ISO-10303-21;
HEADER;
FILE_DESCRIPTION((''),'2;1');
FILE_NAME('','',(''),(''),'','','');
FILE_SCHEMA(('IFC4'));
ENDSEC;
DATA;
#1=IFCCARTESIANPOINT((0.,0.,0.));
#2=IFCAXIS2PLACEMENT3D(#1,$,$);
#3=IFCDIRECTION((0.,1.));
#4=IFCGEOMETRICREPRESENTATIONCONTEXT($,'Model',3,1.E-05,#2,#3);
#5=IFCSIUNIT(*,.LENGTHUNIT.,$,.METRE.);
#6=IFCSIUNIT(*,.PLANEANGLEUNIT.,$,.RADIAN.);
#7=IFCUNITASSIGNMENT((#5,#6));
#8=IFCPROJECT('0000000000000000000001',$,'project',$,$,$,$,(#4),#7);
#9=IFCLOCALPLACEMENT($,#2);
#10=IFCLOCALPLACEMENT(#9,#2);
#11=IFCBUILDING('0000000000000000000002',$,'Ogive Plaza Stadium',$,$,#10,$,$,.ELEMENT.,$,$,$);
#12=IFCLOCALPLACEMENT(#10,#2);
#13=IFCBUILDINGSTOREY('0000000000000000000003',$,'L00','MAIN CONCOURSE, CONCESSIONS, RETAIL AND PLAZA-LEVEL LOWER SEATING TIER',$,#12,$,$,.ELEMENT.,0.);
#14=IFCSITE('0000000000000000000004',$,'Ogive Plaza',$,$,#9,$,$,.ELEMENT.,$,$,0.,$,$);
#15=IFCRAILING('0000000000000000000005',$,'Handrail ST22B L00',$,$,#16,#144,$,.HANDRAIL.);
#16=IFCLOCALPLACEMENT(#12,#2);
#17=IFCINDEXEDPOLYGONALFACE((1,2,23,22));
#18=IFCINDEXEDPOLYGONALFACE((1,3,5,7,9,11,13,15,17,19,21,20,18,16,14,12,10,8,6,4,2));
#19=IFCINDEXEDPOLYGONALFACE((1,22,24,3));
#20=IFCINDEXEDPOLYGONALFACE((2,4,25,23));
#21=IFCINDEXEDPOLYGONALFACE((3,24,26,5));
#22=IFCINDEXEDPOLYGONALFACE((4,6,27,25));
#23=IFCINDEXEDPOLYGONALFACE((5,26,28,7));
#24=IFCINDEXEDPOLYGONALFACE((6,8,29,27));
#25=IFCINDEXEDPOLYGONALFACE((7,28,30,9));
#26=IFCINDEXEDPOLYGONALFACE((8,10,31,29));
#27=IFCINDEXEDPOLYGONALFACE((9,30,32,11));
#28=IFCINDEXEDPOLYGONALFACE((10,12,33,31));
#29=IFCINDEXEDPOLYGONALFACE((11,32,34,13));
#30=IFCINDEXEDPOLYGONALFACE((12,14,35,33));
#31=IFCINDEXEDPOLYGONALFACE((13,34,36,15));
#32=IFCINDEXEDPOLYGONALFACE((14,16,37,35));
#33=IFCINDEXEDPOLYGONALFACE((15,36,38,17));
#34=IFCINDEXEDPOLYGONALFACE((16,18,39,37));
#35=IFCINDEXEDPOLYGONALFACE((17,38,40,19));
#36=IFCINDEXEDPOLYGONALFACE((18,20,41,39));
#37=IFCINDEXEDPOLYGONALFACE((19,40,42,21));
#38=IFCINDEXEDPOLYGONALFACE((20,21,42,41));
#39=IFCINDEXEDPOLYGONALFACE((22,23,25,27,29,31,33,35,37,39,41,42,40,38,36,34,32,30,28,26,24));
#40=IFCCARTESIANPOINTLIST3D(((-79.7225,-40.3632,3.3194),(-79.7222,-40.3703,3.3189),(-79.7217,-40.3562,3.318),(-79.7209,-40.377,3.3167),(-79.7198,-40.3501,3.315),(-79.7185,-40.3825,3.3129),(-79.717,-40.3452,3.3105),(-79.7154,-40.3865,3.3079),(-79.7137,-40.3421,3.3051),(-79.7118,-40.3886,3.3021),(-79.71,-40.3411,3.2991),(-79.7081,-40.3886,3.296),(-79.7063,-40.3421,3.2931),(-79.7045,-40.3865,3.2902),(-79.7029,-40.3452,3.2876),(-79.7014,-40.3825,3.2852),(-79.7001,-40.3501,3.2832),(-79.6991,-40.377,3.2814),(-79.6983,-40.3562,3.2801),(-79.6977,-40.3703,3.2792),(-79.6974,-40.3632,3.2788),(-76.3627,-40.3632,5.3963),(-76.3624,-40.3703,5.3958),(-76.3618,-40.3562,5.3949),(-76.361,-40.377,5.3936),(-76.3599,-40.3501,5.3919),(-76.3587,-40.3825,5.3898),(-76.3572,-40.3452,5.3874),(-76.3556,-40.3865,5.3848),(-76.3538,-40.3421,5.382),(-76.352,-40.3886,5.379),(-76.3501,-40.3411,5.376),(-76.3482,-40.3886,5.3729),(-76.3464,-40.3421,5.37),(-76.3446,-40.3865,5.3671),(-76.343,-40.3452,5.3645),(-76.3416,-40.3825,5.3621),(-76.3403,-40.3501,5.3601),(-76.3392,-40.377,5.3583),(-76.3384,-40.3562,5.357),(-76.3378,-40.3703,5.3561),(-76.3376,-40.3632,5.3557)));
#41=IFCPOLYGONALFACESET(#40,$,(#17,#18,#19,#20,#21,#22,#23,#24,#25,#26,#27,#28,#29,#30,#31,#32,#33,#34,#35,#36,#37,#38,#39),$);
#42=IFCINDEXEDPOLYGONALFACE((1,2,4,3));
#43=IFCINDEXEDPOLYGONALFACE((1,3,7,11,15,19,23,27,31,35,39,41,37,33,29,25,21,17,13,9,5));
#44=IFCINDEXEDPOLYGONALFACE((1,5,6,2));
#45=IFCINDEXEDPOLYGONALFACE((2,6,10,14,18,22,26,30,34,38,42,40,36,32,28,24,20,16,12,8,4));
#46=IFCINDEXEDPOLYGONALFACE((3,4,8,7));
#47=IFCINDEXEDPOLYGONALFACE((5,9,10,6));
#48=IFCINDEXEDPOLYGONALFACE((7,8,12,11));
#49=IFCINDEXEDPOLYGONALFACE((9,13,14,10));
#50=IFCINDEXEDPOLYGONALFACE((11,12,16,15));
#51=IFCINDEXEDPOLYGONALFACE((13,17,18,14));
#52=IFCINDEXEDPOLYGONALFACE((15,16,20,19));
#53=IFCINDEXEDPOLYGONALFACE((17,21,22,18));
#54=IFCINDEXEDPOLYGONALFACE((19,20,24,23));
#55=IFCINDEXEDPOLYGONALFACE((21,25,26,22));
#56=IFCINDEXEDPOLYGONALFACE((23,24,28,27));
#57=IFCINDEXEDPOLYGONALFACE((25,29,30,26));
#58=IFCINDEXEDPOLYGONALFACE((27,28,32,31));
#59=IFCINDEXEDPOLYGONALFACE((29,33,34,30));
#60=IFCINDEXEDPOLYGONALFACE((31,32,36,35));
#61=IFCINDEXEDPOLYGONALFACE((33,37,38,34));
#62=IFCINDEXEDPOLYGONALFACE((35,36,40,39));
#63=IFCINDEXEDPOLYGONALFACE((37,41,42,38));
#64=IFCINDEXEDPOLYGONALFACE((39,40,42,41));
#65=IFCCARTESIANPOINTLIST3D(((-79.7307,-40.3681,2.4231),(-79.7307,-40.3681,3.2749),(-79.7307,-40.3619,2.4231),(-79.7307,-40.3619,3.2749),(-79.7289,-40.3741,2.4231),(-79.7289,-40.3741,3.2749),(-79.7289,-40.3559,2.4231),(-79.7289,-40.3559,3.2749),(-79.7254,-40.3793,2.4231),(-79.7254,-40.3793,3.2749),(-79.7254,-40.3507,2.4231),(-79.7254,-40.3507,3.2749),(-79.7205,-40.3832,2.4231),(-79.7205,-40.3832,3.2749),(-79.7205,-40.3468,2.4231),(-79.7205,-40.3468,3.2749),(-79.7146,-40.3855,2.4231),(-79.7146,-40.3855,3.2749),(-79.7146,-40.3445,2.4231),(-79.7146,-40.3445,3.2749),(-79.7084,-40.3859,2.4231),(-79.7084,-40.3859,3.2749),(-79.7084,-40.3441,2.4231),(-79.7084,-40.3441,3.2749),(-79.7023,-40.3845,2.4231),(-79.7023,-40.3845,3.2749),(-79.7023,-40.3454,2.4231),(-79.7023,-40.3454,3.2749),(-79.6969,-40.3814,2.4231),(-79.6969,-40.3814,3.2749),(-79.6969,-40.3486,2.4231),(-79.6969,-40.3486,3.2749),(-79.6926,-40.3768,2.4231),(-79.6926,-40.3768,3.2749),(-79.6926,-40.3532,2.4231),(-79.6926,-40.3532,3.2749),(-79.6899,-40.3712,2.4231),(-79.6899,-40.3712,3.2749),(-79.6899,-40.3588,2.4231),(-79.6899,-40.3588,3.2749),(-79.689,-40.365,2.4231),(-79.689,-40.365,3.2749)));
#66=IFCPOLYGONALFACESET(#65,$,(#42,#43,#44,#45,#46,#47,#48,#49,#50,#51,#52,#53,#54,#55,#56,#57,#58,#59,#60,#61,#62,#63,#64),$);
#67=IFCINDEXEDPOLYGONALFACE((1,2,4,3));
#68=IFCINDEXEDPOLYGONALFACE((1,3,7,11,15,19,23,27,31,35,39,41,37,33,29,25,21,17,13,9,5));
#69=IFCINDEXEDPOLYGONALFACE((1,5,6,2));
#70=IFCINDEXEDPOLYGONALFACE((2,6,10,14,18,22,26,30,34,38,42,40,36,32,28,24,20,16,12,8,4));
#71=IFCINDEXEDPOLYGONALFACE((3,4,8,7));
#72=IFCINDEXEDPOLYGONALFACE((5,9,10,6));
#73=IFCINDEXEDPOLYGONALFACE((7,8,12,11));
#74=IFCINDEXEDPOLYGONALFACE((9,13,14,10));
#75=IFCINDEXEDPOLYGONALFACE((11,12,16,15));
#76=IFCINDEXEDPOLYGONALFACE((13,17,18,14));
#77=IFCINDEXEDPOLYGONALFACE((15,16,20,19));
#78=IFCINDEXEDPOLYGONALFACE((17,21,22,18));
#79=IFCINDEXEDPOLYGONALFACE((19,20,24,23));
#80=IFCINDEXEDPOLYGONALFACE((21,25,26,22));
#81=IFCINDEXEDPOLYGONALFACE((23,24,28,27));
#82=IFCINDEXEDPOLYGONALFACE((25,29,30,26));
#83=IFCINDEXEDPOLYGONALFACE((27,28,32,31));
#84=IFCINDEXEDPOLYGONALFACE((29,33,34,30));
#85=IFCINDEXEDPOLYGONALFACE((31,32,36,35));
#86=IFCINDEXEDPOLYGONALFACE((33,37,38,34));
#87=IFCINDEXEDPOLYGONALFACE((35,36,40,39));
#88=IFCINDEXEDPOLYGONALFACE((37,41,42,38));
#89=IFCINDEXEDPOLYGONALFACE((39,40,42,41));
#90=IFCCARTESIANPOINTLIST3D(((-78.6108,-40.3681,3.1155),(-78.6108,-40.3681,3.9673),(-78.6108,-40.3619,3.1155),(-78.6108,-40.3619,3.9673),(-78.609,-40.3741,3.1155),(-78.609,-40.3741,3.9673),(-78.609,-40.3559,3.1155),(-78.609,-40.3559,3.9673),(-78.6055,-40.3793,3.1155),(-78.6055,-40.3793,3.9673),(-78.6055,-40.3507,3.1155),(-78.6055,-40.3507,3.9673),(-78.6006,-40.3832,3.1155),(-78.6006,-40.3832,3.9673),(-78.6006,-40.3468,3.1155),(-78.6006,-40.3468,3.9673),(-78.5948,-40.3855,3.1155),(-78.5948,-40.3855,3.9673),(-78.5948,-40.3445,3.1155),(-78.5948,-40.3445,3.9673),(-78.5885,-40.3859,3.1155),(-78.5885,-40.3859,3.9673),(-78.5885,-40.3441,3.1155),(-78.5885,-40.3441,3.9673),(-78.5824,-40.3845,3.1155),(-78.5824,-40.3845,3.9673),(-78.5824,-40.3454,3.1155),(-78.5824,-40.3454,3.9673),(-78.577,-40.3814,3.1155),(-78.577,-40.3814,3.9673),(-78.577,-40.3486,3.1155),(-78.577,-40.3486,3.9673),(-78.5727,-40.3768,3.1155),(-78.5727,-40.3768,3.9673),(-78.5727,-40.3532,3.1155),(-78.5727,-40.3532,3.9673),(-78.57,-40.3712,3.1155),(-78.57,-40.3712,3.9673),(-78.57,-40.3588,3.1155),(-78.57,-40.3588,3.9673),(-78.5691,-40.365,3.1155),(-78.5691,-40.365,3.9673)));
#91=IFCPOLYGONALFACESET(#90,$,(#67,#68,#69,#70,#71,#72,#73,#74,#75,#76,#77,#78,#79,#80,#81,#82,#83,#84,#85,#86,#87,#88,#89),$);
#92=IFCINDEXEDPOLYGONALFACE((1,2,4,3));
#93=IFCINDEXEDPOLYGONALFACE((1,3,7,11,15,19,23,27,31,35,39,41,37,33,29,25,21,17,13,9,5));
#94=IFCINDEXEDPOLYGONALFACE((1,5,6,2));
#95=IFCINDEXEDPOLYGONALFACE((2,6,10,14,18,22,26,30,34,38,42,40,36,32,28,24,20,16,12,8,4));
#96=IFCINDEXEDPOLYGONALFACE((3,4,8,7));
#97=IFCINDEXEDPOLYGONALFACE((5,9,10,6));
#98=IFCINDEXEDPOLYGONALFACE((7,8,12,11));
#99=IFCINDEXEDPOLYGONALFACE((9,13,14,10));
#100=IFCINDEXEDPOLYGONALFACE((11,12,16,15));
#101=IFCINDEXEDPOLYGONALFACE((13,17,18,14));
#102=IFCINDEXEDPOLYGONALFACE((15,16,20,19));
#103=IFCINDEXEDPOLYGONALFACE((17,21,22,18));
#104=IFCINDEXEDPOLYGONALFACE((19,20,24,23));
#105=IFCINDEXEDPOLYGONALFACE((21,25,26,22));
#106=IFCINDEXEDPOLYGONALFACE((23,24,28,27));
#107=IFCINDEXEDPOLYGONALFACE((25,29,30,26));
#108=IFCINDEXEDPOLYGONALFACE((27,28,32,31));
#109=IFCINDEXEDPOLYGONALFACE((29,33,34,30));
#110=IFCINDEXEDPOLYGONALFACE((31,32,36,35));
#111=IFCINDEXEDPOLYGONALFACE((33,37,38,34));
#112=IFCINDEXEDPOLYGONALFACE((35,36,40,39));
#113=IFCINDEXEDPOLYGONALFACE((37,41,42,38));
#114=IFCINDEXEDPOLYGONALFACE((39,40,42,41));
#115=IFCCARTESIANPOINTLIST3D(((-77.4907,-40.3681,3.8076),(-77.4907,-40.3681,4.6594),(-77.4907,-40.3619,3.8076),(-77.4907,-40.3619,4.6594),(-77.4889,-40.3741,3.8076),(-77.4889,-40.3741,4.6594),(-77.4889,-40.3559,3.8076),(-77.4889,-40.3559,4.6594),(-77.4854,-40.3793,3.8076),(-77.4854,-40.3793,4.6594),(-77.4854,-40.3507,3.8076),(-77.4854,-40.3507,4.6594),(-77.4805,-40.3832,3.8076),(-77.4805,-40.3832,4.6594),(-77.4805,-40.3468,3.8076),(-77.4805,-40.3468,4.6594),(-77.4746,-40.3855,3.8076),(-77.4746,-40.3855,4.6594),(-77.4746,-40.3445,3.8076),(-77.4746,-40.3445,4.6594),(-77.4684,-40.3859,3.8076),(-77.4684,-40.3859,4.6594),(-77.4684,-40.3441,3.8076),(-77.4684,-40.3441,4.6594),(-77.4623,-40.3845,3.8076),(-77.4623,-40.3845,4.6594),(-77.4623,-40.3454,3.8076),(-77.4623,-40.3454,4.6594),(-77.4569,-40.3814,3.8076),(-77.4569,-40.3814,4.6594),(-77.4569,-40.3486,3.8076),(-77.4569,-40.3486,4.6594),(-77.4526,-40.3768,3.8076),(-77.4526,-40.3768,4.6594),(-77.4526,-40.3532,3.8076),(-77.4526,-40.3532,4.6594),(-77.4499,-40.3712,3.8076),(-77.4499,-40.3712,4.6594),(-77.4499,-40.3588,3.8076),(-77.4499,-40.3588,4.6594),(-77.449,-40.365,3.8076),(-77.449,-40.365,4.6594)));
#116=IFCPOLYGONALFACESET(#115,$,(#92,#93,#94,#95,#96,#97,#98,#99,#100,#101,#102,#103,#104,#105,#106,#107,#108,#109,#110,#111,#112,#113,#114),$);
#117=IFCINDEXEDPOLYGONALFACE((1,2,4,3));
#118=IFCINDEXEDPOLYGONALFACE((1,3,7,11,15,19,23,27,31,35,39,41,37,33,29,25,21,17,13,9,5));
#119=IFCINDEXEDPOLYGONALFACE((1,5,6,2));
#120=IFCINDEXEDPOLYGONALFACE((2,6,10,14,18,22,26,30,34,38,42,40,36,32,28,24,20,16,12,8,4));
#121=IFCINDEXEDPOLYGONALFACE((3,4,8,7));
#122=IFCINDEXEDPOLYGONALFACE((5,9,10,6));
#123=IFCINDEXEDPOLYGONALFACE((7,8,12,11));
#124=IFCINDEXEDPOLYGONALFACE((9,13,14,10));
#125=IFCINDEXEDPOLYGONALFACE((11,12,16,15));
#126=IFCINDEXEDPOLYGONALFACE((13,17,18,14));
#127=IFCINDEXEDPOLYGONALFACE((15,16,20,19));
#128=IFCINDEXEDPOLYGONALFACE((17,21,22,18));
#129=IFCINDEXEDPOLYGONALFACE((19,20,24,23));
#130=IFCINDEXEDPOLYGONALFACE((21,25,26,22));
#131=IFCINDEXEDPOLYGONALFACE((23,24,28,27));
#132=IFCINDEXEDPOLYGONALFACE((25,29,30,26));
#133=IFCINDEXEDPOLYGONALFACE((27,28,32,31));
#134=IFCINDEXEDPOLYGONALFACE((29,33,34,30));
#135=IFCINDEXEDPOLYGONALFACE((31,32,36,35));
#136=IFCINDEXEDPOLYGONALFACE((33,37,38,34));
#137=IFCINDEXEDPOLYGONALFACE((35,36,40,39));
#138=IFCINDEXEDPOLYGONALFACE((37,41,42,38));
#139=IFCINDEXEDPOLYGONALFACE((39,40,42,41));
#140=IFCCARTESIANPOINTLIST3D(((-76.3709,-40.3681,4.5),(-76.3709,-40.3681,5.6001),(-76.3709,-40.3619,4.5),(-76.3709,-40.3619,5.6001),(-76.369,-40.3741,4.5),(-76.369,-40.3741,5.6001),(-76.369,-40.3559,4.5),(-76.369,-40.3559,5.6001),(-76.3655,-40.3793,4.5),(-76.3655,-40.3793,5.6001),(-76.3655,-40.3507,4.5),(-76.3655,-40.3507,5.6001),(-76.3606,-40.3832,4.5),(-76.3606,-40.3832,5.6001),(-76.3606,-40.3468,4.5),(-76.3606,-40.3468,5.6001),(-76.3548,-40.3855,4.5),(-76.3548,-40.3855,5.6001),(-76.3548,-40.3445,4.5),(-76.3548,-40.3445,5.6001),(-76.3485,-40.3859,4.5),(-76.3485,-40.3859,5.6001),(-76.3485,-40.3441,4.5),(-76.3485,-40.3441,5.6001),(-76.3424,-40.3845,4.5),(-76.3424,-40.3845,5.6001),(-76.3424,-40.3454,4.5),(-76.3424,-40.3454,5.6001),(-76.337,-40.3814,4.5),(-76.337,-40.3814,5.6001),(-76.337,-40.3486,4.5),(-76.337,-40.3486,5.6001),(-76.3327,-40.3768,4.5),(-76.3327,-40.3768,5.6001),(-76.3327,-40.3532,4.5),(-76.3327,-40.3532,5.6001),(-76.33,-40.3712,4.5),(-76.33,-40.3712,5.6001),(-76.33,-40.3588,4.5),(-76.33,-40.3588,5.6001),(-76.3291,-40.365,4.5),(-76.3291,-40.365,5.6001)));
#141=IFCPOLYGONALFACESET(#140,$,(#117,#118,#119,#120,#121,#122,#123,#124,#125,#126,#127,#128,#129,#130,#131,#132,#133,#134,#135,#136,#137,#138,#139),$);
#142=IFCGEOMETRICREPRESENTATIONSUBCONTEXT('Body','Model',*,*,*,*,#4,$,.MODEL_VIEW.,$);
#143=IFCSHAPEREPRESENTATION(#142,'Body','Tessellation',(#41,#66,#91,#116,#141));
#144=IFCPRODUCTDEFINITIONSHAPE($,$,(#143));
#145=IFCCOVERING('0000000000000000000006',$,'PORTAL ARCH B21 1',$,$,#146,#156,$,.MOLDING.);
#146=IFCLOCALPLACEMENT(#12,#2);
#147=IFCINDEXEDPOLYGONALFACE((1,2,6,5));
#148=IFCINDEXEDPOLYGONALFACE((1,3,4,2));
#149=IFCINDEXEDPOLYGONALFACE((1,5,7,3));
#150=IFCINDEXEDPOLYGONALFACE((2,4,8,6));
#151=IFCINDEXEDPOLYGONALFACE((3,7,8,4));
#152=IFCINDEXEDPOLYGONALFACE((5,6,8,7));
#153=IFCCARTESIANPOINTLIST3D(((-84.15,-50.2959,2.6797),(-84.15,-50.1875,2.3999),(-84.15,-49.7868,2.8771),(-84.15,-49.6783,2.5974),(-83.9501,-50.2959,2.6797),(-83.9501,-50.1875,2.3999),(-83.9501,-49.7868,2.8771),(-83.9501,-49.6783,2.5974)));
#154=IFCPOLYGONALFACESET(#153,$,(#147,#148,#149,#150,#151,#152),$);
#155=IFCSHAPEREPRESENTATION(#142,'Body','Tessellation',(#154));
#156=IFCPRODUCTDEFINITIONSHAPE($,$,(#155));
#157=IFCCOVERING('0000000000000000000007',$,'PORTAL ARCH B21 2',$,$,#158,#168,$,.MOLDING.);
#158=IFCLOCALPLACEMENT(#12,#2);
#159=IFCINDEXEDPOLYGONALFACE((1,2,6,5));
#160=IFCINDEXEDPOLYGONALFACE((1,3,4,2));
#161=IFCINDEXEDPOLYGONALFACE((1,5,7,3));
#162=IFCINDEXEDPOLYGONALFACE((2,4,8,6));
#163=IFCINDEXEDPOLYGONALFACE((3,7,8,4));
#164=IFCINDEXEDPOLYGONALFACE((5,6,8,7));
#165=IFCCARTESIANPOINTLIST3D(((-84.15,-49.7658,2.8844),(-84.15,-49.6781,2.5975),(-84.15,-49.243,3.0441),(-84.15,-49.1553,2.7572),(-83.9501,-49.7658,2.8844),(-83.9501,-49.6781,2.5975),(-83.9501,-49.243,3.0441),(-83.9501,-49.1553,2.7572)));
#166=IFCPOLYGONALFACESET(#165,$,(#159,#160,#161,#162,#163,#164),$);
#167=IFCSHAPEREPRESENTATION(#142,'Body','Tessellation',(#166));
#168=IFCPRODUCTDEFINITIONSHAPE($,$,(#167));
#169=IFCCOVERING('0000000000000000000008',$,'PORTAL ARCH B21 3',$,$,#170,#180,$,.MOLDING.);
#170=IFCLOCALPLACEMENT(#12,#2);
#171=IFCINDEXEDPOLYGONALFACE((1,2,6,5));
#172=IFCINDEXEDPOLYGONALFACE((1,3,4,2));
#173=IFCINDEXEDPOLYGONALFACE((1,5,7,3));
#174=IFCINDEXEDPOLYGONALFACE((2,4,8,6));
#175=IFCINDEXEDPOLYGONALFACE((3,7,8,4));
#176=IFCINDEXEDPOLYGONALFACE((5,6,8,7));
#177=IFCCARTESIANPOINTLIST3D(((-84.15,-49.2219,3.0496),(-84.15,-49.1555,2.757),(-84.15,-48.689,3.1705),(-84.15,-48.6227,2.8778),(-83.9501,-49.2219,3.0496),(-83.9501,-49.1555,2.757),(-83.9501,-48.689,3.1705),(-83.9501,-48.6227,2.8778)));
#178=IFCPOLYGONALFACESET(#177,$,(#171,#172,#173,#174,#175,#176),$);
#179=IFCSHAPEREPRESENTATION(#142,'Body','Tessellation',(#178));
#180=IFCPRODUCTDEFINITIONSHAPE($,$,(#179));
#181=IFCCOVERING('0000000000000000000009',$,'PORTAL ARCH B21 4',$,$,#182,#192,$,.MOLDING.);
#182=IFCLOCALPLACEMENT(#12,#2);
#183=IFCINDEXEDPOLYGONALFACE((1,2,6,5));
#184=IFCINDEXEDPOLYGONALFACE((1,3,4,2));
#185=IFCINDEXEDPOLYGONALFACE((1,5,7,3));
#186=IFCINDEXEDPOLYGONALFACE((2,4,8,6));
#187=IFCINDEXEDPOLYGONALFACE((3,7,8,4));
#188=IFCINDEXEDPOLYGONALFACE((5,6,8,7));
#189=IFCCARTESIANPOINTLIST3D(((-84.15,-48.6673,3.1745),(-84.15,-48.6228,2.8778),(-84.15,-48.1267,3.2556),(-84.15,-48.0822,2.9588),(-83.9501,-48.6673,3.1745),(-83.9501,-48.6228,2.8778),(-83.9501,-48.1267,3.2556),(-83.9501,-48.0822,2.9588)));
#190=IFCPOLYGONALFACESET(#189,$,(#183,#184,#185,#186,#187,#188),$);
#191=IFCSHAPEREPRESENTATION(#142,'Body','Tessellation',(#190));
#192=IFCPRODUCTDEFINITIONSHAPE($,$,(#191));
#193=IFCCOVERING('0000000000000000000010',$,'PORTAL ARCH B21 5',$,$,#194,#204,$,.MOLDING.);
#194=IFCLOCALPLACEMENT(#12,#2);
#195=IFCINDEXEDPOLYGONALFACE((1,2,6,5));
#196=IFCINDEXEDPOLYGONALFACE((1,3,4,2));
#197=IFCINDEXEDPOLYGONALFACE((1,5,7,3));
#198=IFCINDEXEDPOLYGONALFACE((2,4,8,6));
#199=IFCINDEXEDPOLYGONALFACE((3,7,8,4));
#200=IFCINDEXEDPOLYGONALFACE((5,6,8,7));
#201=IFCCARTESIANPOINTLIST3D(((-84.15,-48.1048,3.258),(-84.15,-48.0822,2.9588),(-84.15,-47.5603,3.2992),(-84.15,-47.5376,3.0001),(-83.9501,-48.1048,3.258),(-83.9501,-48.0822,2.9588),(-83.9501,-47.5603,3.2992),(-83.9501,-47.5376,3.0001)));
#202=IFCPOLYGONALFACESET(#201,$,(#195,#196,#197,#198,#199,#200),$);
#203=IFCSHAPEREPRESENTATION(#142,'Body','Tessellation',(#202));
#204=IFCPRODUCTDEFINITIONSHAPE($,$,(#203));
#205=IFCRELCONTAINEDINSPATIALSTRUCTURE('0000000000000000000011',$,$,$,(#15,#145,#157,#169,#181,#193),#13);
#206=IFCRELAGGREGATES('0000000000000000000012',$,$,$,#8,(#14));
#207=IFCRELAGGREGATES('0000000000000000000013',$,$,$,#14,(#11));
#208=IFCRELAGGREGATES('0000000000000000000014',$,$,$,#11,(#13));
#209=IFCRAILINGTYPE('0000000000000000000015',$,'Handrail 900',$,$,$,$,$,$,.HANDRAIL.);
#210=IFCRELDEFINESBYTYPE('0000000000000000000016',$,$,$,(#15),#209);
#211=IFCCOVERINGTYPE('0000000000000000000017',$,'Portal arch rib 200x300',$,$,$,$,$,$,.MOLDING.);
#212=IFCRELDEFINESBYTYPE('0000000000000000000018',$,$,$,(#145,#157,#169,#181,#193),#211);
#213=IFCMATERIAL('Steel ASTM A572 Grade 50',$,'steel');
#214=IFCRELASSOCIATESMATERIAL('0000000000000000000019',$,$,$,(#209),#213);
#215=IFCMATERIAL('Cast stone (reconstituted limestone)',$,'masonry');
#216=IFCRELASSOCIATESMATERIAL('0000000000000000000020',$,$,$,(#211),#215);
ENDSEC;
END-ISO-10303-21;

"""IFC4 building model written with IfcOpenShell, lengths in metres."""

from ifc_helpers import new_model, si_unit, direction, frame, origin, origin_2d, place, context, subcontext, project, spatial, rectangle, circle, extrude, material, material_profile, profile_set, type_object, element, save


model = new_model("IFC4")

# Units and contexts
model_context = context("Model", 3, precision=1e-05, world=origin(), true_north=direction((0.0, 1.0)))
body_context = subcontext(model_context, "Body", "Model", "MODEL_VIEW")
ifc_project = project(units=[si_unit("LENGTHUNIT", "METRE"), si_unit("PLANEANGLEUNIT", "RADIAN")], contexts=[model_context])

# Site, building, storey
site_placement = place(None, origin())
site = spatial("IfcSite", under=ifc_project, at=site_placement, Name="Ogive Plaza", CompositionType="ELEMENT", RefElevation=0.0)
building_placement = place(site_placement, origin())
building = spatial("IfcBuilding", under=site, at=building_placement, Name="Ogive Plaza Stadium", CompositionType="ELEMENT")
storey_placement = place(building_placement, origin())
storey = spatial("IfcBuildingStorey", under=building, at=storey_placement, Name="L00", Description="MAIN CONCOURSE, CONCESSIONS, RETAIL AND PLAZA-LEVEL LOWER SEATING TIER", CompositionType="ELEMENT", Elevation=0.0)

# Railing
ifc_material_1 = material(Name="Steel ASTM A572 Grade 50", Category="steel")
railing_type_1 = type_object("IfcRailingType", Name="Handrail 900", PredefinedType="HANDRAIL", material=ifc_material_1)
for number, where, name in (
    (1, (-79.71, -40.365, 2.4231), "Handrail ST22B L00"),
):
    element("IfcRailing", number, at=place(storey_placement, frame(where)), inside=storey, type_object=railing_type_1, Name=name, PredefinedType="HANDRAIL", context=body_context, shape_type="SweptSolid", body=[
        extrude(circle(Radius=0.0239, at=origin_2d()), frame((0.0, 0.0, 0.876), z_axis=(0.850606, 0.0, 0.525803), x_axis=(0.0, 1.0, 0.0)), (0.0, 0.0, 1.0), 3.95),
        extrude(circle(Radius=0.021, at=origin_2d()), origin(), (0.0, 0.0, 1.0), 0.8518),
        extrude(circle(Radius=0.021, at=origin_2d()), frame((1.1199, 0.0, 0.6924)), (0.0, 0.0, 1.0), 0.8518),
        extrude(circle(Radius=0.021, at=origin_2d()), frame((2.24, 0.0, 1.3845)), (0.0, 0.0, 1.0), 0.8518),
        extrude(circle(Radius=0.021, at=origin_2d()), frame((3.3599, 0.0, 2.0769)), (0.0, 0.0, 1.0), 1.1001),
    ])

# Coverings
ifc_material_2 = material(Name="Cast stone (reconstituted limestone)", Category="masonry")
ifc_material_profile_1 = material_profile(ifc_material_2, rectangle(XDim=0.2, YDim=0.3, at=origin_2d()), Name="Cast stone 200x300")
ifc_profile_set_1 = profile_set([ifc_material_profile_1], Name="Cast stone (reconstituted limestone)")
covering_type = type_object("IfcCoveringType", Name="Portal arch rib 200x300", PredefinedType="MOLDING", material=ifc_profile_set_1)
covering_1_placement = place(storey_placement, frame((-84.05, -50.2417, 2.5398), z_axis=(0.0, 0.93234, 0.361583), x_axis=(-1.0, 0.0, 0.0)))
element("IfcCovering", 2, at=covering_1_placement, inside=storey, type_object=covering_type, Name="PORTAL ARCH B21 1", PredefinedType="MOLDING", context=body_context, shape_type="SweptSolid", body=[
    extrude(rectangle(XDim=0.2, YDim=0.3, at=origin_2d()), origin(), (0.0, 0.0, 1.0), 0.5461),
])
covering_2_placement = place(storey_placement, frame((-84.05, -49.7219, 2.741), z_axis=(0.0, 0.956376, 0.292139), x_axis=(-1.0, 0.0, 0.0)))
element("IfcCovering", 3, at=covering_2_placement, inside=storey, type_object=covering_type, Name="PORTAL ARCH B21 2", PredefinedType="MOLDING", context=body_context, shape_type="SweptSolid", body=[
    extrude(rectangle(XDim=0.2, YDim=0.3, at=origin_2d()), origin(), (0.0, 0.0, 1.0), 0.5466),
])
covering_3_placement = place(storey_placement, frame((-84.05, -49.1887, 2.9033), z_axis=(0.0, 0.975242, 0.221138), x_axis=(-1.0, 0.0, 0.0)))
element("IfcCovering", 4, at=covering_3_placement, inside=storey, type_object=covering_type, Name="PORTAL ARCH B21 3", PredefinedType="MOLDING", context=body_context, shape_type="SweptSolid", body=[
    extrude(rectangle(XDim=0.2, YDim=0.3, at=origin_2d()), origin(), (0.0, 0.0, 1.0), 0.5464),
])
covering_4_placement = place(storey_placement, frame((-84.05, -48.645, 3.0261), z_axis=(0.0, 0.988943, 0.148297), x_axis=(-1.0, 0.0, 0.0)))
element("IfcCovering", 5, at=covering_4_placement, inside=storey, type_object=covering_type, Name="PORTAL ARCH B21 4", PredefinedType="MOLDING", context=body_context, shape_type="SweptSolid", body=[
    extrude(rectangle(XDim=0.2, YDim=0.3, at=origin_2d()), origin(), (0.0, 0.0, 1.0), 0.5466),
])
for number, where, z_axis, x_axis, name in (
    (6, (-84.05, -48.0935, 3.1084), (0.0, 0.997143, 0.075534), (-1.0, 0.0, 0.0), "PORTAL ARCH B21 5"),
):
    element("IfcCovering", number, at=place(storey_placement, frame(where, z_axis=z_axis, x_axis=x_axis)), inside=storey, type_object=covering_type, Name=name, PredefinedType="MOLDING", context=body_context, shape_type="SweptSolid", body=[
        extrude(rectangle(XDim=0.2, YDim=0.3, at=origin_2d()), origin(), (0.0, 0.0, 1.0), 0.5461),
    ])

save(model, "model.ifc")
